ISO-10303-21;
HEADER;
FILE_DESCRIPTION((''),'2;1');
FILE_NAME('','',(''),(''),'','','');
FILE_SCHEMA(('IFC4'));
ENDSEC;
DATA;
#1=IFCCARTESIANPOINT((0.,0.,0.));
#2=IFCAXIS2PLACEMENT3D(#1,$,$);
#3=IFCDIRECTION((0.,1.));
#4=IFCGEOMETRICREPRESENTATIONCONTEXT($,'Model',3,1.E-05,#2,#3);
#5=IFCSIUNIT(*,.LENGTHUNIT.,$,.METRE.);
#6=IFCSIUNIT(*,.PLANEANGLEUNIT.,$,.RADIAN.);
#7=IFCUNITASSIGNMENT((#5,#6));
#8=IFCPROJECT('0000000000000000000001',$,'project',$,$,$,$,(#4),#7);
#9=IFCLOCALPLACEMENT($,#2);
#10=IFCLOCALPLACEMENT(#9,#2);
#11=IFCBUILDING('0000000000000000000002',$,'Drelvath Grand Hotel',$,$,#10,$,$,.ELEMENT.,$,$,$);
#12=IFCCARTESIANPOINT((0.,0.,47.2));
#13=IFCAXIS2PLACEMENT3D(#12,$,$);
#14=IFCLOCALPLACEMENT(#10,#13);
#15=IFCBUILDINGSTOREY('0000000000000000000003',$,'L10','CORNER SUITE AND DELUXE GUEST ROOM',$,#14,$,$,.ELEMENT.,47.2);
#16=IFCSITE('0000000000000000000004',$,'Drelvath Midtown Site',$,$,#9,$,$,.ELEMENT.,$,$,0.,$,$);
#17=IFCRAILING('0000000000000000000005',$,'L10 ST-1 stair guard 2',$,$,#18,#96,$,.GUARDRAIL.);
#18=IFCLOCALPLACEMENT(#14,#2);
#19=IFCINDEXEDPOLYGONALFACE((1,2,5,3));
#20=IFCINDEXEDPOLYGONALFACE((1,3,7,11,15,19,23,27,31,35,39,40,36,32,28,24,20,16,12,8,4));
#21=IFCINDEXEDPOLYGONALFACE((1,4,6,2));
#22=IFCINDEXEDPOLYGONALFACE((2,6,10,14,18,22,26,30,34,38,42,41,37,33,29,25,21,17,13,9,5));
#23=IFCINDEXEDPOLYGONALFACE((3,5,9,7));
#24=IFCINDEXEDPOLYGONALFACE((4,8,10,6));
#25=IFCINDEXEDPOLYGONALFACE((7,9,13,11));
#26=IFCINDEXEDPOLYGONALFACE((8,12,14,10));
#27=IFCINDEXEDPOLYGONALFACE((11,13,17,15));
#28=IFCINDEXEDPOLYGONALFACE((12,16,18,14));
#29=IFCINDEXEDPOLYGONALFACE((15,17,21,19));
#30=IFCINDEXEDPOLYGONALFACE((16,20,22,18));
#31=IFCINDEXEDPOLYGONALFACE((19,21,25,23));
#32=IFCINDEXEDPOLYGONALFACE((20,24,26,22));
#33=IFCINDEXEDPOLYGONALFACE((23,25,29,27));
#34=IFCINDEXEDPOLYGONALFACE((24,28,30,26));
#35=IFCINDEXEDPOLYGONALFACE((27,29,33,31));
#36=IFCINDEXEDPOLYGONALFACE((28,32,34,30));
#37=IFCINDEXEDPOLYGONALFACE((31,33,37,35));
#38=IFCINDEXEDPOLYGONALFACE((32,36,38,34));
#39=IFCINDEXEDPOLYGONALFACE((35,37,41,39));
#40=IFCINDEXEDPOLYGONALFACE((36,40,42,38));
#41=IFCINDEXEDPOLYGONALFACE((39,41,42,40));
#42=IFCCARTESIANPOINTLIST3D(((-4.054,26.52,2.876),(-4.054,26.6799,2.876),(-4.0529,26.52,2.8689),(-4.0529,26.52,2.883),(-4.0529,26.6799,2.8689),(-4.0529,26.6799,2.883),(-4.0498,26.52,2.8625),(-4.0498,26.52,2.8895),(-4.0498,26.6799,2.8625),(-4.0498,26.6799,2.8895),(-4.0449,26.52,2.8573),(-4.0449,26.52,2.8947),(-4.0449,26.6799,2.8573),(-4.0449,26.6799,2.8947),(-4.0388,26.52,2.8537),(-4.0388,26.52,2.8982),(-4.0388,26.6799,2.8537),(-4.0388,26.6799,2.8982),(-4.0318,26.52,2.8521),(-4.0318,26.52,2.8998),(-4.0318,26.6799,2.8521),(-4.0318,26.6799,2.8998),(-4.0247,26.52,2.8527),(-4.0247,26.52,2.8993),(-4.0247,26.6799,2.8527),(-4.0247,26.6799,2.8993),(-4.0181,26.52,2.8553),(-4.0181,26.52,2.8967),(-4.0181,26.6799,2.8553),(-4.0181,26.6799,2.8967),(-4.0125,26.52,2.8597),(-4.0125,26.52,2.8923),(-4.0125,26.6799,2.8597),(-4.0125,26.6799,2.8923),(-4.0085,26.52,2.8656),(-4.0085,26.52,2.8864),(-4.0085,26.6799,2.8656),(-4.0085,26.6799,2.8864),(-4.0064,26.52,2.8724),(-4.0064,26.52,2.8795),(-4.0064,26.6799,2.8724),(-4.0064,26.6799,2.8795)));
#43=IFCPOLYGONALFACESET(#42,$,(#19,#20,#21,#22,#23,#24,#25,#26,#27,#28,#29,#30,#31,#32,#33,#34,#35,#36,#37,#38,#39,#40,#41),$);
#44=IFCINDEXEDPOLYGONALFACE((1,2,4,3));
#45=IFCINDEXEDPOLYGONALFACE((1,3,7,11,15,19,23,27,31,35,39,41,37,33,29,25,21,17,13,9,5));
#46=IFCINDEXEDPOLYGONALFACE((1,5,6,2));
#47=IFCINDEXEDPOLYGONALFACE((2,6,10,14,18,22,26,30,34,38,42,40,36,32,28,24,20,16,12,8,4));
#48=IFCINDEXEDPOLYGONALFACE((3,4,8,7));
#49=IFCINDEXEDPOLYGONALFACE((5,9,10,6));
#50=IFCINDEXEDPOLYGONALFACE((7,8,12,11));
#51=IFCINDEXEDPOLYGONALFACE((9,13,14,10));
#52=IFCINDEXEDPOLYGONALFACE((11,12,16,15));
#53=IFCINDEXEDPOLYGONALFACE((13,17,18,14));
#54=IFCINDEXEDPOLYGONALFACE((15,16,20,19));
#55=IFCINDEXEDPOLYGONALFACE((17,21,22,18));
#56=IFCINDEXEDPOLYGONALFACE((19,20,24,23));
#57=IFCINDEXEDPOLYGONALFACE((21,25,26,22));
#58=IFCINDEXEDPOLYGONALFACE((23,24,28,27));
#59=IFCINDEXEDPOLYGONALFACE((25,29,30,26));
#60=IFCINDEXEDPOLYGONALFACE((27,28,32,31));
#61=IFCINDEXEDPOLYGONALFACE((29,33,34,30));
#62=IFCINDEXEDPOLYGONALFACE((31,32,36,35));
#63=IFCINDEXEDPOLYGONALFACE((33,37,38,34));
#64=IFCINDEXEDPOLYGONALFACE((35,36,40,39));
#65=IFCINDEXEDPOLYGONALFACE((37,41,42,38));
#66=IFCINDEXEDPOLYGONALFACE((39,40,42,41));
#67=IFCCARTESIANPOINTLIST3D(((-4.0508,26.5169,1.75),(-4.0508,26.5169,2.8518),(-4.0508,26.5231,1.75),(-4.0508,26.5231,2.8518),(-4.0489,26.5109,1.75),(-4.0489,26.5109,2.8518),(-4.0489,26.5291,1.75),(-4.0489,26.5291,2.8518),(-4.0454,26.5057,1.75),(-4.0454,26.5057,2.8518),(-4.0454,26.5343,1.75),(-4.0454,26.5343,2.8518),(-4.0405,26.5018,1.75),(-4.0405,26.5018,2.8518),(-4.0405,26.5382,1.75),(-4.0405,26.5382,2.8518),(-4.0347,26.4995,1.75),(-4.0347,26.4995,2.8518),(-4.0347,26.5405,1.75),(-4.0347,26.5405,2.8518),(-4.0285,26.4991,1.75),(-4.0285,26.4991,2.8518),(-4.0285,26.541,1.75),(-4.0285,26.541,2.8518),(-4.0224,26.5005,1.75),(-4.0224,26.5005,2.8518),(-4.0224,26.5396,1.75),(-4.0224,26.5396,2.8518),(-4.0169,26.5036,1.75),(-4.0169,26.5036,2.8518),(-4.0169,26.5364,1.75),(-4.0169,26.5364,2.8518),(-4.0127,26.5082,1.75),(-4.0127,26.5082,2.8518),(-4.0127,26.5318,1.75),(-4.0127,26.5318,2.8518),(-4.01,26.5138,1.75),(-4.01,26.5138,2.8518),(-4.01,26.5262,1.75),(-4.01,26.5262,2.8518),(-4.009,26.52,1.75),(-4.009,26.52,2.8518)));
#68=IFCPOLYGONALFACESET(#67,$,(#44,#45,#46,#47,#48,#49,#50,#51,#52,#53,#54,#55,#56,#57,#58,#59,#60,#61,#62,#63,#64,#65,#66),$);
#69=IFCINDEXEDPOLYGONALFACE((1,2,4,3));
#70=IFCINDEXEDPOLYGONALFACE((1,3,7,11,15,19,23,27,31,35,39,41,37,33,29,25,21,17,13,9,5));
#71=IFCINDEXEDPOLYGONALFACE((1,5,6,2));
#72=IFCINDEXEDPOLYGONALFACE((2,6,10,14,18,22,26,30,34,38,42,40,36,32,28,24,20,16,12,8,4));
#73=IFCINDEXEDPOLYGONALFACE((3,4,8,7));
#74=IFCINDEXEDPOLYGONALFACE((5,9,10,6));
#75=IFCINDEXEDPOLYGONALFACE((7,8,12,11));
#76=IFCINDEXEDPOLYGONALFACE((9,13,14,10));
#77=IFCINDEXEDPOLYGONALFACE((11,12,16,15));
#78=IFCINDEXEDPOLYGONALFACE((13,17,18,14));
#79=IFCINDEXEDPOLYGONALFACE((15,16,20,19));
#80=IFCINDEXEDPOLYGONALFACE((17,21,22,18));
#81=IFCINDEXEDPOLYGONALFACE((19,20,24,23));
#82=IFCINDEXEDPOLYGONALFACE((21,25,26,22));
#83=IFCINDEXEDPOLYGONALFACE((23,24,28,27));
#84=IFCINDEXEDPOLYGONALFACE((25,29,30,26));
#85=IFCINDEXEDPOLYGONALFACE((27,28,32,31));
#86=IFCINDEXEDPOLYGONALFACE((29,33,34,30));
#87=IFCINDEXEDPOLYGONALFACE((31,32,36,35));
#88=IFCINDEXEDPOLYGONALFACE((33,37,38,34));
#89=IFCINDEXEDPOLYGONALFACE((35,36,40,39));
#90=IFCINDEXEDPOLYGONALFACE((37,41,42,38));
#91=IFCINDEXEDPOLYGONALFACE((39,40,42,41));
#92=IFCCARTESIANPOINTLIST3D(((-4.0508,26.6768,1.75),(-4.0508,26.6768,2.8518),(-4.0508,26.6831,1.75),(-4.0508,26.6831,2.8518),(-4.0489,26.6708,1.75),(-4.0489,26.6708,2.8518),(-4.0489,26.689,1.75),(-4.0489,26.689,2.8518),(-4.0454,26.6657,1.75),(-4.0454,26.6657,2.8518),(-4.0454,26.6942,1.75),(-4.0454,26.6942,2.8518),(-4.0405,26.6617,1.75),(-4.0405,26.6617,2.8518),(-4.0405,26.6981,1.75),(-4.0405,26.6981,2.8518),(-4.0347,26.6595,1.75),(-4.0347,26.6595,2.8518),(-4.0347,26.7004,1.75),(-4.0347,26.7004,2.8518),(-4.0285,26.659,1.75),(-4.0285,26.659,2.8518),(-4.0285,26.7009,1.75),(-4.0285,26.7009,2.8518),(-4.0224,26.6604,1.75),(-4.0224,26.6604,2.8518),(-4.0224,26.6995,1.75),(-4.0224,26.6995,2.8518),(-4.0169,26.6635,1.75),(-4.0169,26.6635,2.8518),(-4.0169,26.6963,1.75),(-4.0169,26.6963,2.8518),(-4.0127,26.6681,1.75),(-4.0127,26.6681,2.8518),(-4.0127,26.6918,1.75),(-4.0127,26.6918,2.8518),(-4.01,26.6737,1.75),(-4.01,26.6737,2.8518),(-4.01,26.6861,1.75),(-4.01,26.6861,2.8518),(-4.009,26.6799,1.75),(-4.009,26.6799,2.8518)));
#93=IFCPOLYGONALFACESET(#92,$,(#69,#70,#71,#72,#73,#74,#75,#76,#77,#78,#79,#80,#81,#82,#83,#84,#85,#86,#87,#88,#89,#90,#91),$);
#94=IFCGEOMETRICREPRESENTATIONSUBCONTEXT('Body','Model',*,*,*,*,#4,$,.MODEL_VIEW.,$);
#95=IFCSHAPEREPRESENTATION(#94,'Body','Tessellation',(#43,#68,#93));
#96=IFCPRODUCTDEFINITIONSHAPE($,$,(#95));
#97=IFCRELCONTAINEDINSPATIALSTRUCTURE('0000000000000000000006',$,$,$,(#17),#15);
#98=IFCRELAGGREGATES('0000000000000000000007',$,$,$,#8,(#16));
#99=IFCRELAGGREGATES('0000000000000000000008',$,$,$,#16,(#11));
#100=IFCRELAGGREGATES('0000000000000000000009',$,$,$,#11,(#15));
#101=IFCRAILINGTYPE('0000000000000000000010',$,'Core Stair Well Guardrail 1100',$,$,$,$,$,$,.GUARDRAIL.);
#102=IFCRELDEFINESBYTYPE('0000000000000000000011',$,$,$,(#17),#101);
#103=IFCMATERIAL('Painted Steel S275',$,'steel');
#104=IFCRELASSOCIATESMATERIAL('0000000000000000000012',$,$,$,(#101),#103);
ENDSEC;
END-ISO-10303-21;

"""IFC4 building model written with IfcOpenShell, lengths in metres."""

from ifc_helpers import new_model, si_unit, direction, frame, origin, origin_2d, place, context, subcontext, project, spatial, circle, extrude, material, type_object, element, save


model = new_model("IFC4")

# Units and contexts
model_context = context("Model", 3, precision=1e-05, world=origin(), true_north=direction((0.0, 1.0)))
body_context = subcontext(model_context, "Body", "Model", "MODEL_VIEW")
ifc_project = project(units=[si_unit("LENGTHUNIT", "METRE"), si_unit("PLANEANGLEUNIT", "RADIAN")], contexts=[model_context])

# Site, building, storey
site_placement = place(None, origin())
site = spatial("IfcSite", under=ifc_project, at=site_placement, Name="Drelvath Midtown Site", CompositionType="ELEMENT", RefElevation=0.0)
building_placement = place(site_placement, origin())
building = spatial("IfcBuilding", under=site, at=building_placement, Name="Drelvath Grand Hotel", CompositionType="ELEMENT")
storey_placement = place(building_placement, frame((0.0, 0.0, 47.2)))
storey = spatial("IfcBuildingStorey", under=building, at=storey_placement, Name="L10", Description="CORNER SUITE AND DELUXE GUEST ROOM", CompositionType="ELEMENT", Elevation=47.2)

# Shared definitions
ifc_material_1 = material(Name="Painted Steel S275", Category="steel")

# Railing
railing_type_1 = type_object("IfcRailingType", Name="Core Stair Well Guardrail 1100", PredefinedType="GUARDRAIL", material=ifc_material_1)
railing_1_placement = place(storey_placement, frame((-4.03, 26.52, 1.75)))
element("IfcRailing", 1, at=railing_1_placement, inside=storey, type_object=railing_type_1, Name="L10 ST-1 stair guard 2", PredefinedType="GUARDRAIL", context=body_context, shape_type="SweptSolid", body=[
    extrude(circle(Radius=0.0239, at=origin_2d()), frame((0.0, 0.0, 1.126), z_axis=(0.0, 1.0, 0.0), x_axis=(-1.0, 0.0, 0.0)), (0.0, 0.0, 1.0), 0.1599),
    extrude(circle(Radius=0.021, at=origin_2d()), origin(), (0.0, 0.0, 1.0), 1.1018),
    extrude(circle(Radius=0.021, at=origin_2d()), frame((0.0, 0.1599, 0.0)), (0.0, 0.0, 1.0), 1.1018),
])

save(model, "model.ifc")
